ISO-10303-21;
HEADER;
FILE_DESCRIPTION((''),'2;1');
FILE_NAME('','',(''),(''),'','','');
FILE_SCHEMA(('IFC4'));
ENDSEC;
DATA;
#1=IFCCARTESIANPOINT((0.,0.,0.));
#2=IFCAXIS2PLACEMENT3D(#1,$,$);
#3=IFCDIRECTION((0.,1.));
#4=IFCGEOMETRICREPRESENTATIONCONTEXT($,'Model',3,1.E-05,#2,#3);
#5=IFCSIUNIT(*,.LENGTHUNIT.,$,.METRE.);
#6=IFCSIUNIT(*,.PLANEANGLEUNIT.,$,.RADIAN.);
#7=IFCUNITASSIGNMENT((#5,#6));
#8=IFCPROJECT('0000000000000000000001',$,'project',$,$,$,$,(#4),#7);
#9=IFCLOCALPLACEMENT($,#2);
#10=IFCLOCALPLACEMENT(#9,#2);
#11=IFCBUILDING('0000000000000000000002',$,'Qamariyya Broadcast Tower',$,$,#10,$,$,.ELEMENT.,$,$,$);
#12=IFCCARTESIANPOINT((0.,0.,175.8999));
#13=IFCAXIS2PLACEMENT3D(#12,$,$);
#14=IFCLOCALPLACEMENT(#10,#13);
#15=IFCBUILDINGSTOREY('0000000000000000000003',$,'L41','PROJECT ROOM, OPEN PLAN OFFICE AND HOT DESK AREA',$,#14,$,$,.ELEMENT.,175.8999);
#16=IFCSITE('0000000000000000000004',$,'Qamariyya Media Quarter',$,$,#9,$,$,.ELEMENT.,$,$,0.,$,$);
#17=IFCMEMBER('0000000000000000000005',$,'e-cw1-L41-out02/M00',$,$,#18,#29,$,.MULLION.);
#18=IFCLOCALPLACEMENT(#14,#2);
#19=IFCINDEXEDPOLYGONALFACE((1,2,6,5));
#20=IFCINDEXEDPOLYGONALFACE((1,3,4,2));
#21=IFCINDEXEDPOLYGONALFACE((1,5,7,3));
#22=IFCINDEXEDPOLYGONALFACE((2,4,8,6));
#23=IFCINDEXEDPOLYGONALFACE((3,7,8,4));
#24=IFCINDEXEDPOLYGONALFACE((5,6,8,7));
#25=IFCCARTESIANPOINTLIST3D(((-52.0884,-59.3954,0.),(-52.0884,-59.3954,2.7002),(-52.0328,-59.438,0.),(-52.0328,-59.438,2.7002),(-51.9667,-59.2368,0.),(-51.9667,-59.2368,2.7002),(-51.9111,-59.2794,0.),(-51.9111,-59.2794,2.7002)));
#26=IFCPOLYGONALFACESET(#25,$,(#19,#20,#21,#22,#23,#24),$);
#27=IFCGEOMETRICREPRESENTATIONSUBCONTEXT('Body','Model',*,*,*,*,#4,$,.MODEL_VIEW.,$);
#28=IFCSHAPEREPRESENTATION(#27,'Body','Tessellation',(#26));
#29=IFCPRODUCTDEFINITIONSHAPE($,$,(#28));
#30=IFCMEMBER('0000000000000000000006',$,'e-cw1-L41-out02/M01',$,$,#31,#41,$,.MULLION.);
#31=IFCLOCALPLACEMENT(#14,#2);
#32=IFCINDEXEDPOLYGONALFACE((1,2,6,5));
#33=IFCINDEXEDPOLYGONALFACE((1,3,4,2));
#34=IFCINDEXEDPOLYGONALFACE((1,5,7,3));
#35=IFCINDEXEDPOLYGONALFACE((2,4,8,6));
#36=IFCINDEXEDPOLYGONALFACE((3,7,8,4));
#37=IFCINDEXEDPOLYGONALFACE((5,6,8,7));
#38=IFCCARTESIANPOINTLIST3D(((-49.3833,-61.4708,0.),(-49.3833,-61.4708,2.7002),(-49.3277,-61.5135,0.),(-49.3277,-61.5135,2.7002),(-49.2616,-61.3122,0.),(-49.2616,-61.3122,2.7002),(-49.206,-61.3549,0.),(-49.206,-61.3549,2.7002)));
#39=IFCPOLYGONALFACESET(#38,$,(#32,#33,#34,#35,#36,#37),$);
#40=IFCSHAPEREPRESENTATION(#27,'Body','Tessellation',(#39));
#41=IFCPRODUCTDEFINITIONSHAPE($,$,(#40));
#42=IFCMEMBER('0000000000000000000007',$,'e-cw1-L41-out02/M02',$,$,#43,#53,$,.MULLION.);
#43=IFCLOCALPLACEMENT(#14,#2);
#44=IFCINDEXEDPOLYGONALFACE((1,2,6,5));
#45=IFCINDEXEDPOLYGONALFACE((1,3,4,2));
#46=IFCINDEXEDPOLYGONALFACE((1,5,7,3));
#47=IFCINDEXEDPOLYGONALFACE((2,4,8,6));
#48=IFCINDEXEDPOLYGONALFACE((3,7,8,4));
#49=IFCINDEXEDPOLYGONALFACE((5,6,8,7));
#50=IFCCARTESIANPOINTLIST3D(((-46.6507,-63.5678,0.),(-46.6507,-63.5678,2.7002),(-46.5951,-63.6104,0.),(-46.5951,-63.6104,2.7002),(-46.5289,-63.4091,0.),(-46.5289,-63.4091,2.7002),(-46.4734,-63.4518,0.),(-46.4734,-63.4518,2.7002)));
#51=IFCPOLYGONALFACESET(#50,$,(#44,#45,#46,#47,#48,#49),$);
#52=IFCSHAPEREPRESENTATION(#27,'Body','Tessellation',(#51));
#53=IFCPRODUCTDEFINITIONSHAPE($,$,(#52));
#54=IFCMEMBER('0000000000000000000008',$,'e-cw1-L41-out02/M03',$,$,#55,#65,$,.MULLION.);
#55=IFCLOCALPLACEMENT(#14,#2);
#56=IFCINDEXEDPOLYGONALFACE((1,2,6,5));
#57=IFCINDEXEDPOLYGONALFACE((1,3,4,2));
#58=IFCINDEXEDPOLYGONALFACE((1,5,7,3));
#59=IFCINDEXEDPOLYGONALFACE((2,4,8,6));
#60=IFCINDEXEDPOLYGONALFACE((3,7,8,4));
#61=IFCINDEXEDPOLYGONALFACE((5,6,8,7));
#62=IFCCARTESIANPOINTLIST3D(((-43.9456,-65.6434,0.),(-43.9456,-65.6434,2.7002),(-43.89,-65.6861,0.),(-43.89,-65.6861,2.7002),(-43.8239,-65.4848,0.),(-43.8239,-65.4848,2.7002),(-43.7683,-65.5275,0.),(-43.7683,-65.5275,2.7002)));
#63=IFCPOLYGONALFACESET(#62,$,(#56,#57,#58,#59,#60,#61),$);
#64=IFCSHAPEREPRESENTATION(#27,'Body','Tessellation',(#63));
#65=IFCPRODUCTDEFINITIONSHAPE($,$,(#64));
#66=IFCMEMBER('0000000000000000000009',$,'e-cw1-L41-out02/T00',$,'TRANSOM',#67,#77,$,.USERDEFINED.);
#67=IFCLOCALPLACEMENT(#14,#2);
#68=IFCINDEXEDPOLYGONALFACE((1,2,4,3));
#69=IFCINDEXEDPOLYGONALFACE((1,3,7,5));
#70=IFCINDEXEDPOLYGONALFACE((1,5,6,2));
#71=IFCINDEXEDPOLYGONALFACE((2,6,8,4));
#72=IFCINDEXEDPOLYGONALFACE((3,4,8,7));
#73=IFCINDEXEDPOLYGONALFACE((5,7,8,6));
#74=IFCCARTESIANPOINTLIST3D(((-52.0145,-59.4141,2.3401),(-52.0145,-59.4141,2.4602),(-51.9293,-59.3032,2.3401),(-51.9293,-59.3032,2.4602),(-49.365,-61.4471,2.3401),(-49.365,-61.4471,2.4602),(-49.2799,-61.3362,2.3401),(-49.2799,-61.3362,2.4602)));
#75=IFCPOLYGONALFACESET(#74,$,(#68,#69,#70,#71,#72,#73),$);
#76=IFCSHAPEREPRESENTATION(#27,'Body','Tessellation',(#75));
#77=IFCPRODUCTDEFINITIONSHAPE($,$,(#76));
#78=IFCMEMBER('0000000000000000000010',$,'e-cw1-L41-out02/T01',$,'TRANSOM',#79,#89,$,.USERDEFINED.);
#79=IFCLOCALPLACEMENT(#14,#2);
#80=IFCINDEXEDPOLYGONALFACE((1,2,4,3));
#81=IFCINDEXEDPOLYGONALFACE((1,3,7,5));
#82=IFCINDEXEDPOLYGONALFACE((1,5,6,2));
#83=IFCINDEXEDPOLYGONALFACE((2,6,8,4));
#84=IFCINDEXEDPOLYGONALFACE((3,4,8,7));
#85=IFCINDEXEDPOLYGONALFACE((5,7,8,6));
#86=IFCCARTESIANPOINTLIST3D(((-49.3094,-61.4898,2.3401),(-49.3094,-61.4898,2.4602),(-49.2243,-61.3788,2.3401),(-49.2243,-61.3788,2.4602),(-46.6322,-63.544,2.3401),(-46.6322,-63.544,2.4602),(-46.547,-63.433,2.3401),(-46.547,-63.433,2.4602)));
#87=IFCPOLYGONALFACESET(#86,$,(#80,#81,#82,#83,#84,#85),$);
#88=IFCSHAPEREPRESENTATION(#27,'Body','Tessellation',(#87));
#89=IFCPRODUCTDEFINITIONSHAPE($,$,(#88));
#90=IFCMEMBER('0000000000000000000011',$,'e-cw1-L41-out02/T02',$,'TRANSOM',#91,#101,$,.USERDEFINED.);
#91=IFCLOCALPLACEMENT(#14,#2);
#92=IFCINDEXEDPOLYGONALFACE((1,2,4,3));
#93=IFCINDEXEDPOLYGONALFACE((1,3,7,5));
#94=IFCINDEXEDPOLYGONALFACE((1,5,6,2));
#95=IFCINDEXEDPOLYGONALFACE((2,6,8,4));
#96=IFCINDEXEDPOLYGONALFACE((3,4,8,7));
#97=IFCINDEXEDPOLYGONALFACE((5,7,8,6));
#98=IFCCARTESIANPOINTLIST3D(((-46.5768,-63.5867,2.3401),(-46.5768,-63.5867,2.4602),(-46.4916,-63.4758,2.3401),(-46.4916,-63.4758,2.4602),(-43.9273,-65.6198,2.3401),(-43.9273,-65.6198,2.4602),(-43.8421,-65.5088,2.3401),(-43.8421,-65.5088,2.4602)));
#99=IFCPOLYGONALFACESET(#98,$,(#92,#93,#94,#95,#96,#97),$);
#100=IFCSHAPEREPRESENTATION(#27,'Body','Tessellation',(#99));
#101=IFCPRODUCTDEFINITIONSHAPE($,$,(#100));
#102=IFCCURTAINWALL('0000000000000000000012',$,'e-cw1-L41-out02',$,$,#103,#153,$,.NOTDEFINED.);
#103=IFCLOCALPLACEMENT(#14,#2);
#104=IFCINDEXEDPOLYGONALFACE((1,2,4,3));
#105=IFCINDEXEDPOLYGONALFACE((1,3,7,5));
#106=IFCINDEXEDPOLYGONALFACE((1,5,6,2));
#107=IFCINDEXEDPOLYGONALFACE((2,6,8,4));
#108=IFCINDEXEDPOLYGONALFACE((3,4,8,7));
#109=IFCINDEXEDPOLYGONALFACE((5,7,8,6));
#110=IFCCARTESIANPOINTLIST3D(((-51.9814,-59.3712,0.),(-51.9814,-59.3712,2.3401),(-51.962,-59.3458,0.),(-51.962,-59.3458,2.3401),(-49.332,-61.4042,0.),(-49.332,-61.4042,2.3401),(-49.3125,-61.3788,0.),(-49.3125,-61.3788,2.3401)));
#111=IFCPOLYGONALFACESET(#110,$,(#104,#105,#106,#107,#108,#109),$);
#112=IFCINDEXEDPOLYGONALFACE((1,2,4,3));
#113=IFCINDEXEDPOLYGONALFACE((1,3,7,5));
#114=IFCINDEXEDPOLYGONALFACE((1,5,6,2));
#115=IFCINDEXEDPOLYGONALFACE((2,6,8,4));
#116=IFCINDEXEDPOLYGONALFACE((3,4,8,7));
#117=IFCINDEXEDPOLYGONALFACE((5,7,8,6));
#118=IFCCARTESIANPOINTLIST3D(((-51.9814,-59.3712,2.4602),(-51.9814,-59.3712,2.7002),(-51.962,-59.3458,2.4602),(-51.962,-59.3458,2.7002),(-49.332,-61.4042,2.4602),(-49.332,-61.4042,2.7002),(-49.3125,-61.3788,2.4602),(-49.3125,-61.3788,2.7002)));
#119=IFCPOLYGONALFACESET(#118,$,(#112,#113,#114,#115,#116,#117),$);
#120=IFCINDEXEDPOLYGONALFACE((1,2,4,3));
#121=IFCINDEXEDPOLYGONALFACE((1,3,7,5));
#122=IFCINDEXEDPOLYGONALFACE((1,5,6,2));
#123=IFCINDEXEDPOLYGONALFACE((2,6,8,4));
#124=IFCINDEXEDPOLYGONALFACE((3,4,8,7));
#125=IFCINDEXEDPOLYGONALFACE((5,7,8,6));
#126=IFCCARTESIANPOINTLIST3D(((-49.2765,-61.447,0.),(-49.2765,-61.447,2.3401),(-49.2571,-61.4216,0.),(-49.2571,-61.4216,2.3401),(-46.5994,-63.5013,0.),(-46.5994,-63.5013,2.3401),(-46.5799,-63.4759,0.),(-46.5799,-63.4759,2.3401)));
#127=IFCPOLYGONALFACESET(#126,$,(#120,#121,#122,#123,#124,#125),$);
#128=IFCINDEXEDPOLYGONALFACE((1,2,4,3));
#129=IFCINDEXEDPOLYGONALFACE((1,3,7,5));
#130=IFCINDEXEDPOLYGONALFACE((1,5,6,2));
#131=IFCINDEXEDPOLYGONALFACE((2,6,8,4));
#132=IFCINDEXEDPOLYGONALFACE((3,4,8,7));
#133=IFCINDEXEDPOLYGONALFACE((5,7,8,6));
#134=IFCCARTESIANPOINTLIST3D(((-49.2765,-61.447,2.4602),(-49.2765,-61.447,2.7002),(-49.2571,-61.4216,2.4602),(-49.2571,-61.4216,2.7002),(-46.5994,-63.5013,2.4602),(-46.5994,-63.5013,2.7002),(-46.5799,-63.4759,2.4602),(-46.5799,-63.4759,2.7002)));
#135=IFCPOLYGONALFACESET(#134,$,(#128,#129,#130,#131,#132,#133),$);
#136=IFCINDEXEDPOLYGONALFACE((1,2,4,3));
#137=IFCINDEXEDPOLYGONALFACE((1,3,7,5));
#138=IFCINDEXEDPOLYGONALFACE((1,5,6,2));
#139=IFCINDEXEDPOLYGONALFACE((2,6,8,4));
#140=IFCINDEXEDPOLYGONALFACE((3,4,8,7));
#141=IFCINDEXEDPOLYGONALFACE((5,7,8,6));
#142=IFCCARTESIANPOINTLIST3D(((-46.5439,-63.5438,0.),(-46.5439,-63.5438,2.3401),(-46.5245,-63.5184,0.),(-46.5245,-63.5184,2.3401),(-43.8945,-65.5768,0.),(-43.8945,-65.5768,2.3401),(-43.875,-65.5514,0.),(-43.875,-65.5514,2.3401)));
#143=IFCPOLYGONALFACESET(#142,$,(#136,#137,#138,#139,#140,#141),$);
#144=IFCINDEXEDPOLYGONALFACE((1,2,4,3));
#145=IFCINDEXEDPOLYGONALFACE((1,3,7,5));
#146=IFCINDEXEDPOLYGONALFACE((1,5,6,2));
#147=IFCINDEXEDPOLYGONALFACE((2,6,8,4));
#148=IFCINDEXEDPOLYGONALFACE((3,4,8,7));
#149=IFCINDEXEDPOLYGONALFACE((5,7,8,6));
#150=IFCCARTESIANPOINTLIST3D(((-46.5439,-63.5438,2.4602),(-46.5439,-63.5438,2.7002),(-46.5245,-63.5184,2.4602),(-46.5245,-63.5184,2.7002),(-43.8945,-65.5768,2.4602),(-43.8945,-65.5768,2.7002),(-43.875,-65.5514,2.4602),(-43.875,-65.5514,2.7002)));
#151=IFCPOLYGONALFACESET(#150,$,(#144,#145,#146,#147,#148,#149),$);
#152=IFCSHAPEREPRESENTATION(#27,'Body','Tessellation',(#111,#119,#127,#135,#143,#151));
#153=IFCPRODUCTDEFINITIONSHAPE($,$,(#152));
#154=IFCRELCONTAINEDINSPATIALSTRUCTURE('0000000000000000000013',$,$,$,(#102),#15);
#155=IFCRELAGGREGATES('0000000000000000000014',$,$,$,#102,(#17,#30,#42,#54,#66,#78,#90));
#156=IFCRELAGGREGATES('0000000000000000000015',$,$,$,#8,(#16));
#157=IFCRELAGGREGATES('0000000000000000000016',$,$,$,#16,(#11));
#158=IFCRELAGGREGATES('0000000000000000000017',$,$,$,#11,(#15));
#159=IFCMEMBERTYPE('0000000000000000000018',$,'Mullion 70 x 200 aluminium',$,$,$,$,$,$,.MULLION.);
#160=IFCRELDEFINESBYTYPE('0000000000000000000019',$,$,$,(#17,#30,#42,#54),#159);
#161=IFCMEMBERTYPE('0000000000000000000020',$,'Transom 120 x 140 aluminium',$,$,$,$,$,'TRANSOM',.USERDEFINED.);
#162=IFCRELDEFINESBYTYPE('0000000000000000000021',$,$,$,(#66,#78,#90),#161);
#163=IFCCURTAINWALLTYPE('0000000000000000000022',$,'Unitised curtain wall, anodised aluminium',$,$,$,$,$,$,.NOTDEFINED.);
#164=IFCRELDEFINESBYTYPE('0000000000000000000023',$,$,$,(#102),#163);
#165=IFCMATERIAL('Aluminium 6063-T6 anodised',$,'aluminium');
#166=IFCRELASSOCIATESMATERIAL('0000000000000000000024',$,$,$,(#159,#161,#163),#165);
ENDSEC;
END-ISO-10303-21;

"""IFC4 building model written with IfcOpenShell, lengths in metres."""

from ifc_helpers import new_model, si_unit, direction, frame, origin, origin_2d, place, context, subcontext, project, spatial, rectangle, extrude, material, material_profile, profile_set, type_object, element, aggregate, save


model = new_model("IFC4")

# Units and contexts
model_context = context("Model", 3, precision=1e-05, world=origin(), true_north=direction((0.0, 1.0)))
body_context = subcontext(model_context, "Body", "Model", "MODEL_VIEW")
ifc_project = project(units=[si_unit("LENGTHUNIT", "METRE"), si_unit("PLANEANGLEUNIT", "RADIAN")], contexts=[model_context])

# Members
ifc_material_1 = material(Name="Aluminium 6063-T6 anodised", Category="aluminium")
ifc_material_profile_1 = material_profile(ifc_material_1, rectangle(XDim=0.2, YDim=0.0701, at=origin_2d()))
ifc_profile_set_1 = profile_set([ifc_material_profile_1], Name="Aluminium 6063-T6 anodised")
member_type_1 = type_object("IfcMemberType", Name="Mullion 70 x 200 aluminium", PredefinedType="MULLION", material=ifc_profile_set_1)
site_placement = place(None, origin())
building_placement = place(site_placement, origin())
storey_placement = place(building_placement, frame((0.0, 0.0, 175.8999)))
member_1_placement = place(storey_placement, frame((-51.9998, -59.3374, 0.0), z_axis=(0.0, 0.0, 1.0), x_axis=(0.608761, 0.793353, 0.0)))
member_1 = element("IfcMember", 1, at=member_1_placement, type_object=member_type_1, Name="e-cw1-L41-out02/M00", PredefinedType="MULLION", context=body_context, shape_type="SweptSolid", body=[
    extrude(rectangle(XDim=0.2, YDim=0.0701, at=origin_2d()), origin(), (0.0, 0.0, 1.0), 2.7002),
])
member_2_placement = place(storey_placement, frame((-49.2947, -61.4128, 0.0), z_axis=(0.0, 0.0, 1.0), x_axis=(0.608761, 0.793353, 0.0)))
member_2 = element("IfcMember", 2, at=member_2_placement, type_object=member_type_1, Name="e-cw1-L41-out02/M01", PredefinedType="MULLION", context=body_context, shape_type="SweptSolid", body=[
    extrude(rectangle(XDim=0.2, YDim=0.0701, at=origin_2d()), origin(), (0.0, 0.0, 1.0), 2.7002),
])
member_3_placement = place(storey_placement, frame((-46.562, -63.5098, 0.0), z_axis=(0.0, 0.0, 1.0), x_axis=(0.608761, 0.793353, 0.0)))
member_3 = element("IfcMember", 3, at=member_3_placement, type_object=member_type_1, Name="e-cw1-L41-out02/M02", PredefinedType="MULLION", context=body_context, shape_type="SweptSolid", body=[
    extrude(rectangle(XDim=0.2, YDim=0.0701, at=origin_2d()), origin(), (0.0, 0.0, 1.0), 2.7002),
])
member_4_placement = place(storey_placement, frame((-43.8569, -65.5854, 0.0), z_axis=(0.0, 0.0, 1.0), x_axis=(0.608761, 0.793353, 0.0)))
member_4 = element("IfcMember", 4, at=member_4_placement, type_object=member_type_1, Name="e-cw1-L41-out02/M03", PredefinedType="MULLION", context=body_context, shape_type="SweptSolid", body=[
    extrude(rectangle(XDim=0.2, YDim=0.0701, at=origin_2d()), origin(), (0.0, 0.0, 1.0), 2.7002),
])
ifc_material_profile_2 = material_profile(ifc_material_1, rectangle(XDim=0.1399, YDim=0.1201, at=origin_2d()))
ifc_profile_set_2 = profile_set([ifc_material_profile_2], Name="Aluminium 6063-T6 anodised")
member_type_2 = type_object("IfcMemberType", Name="Transom 120 x 140 aluminium", ElementType="TRANSOM", PredefinedType="USERDEFINED", material=ifc_profile_set_2)
member_5_placement = place(storey_placement, frame((-51.9719, -59.3586, 2.4001), z_axis=(0.793354, -0.60876, 0.0), x_axis=(0.60876, 0.793354, 0.0)))
member_5 = element("IfcMember", 5, at=member_5_placement, type_object=member_type_2, Name="e-cw1-L41-out02/T00", ObjectType="TRANSOM", PredefinedType="USERDEFINED", context=body_context, shape_type="SweptSolid", body=[
    extrude(rectangle(XDim=0.1399, YDim=0.1201, at=origin_2d()), origin(), (0.0, 0.0, 1.0), 3.3396),
])
member_6_placement = place(storey_placement, frame((-49.2668, -61.4343, 2.4001), z_axis=(0.793371, -0.608738, 0.0), x_axis=(0.608738, 0.793371, 0.0)))
member_6 = element("IfcMember", 6, at=member_6_placement, type_object=member_type_2, Name="e-cw1-L41-out02/T01", ObjectType="TRANSOM", PredefinedType="USERDEFINED", context=body_context, shape_type="SweptSolid", body=[
    extrude(rectangle(XDim=0.1399, YDim=0.1201, at=origin_2d()), origin(), (0.0, 0.0, 1.0), 3.3745),
])
member_7_placement = place(storey_placement, frame((-46.5342, -63.5312, 2.4001), z_axis=(0.793354, -0.60876, 0.0), x_axis=(0.60876, 0.793354, 0.0)))
member_7 = element("IfcMember", 7, at=member_7_placement, type_object=member_type_2, Name="e-cw1-L41-out02/T02", ObjectType="TRANSOM", PredefinedType="USERDEFINED", context=body_context, shape_type="SweptSolid", body=[
    extrude(rectangle(XDim=0.1399, YDim=0.1201, at=origin_2d()), origin(), (0.0, 0.0, 1.0), 3.3396),
])

# Site, building, storey
site = spatial("IfcSite", under=ifc_project, at=site_placement, Name="Qamariyya Media Quarter", CompositionType="ELEMENT", RefElevation=0.0)
building = spatial("IfcBuilding", under=site, at=building_placement, Name="Qamariyya Broadcast Tower", CompositionType="ELEMENT")
storey = spatial("IfcBuildingStorey", under=building, at=storey_placement, Name="L41", Description="PROJECT ROOM, OPEN PLAN OFFICE AND HOT DESK AREA", CompositionType="ELEMENT", Elevation=175.8999)

# Curtain wall
curtain_wall_type = type_object("IfcCurtainWallType", Name="Unitised curtain wall, anodised aluminium", PredefinedType="NOTDEFINED", material=ifc_material_1)
curtain_wall_1_placement = place(storey_placement, origin())
curtain_wall_1 = element("IfcCurtainWall", 8, at=curtain_wall_1_placement, inside=storey, type_object=curtain_wall_type, Name="e-cw1-L41-out02", PredefinedType="NOTDEFINED", context=body_context, shape_type="SweptSolid", body=[
    extrude(rectangle(XDim=3.3396, YDim=0.032, at=origin_2d()), frame((-50.647, -60.375, 0.0), x_axis=(0.793352, -0.608764, 0.0)), (0.0, 0.0, 1.0), 2.3401),
    extrude(rectangle(XDim=3.3396, YDim=0.032, at=origin_2d()), frame((-50.647, -60.375, 2.4602), x_axis=(0.793352, -0.608764, 0.0)), (0.0, 0.0, 1.0), 0.24),
    extrude(rectangle(XDim=3.3745, YDim=0.032, at=origin_2d()), frame((-47.9282, -62.4614, 0.0), x_axis=(0.793352, -0.608764, 0.0)), (0.0, 0.0, 1.0), 2.3401),
    extrude(rectangle(XDim=3.3745, YDim=0.032, at=origin_2d()), frame((-47.9282, -62.4614, 2.4602), x_axis=(0.793352, -0.608764, 0.0)), (0.0, 0.0, 1.0), 0.24),
    extrude(rectangle(XDim=3.3396, YDim=0.032, at=origin_2d()), frame((-45.2095, -64.5476, 0.0), x_axis=(0.793352, -0.608764, 0.0)), (0.0, 0.0, 1.0), 2.3401),
    extrude(rectangle(XDim=3.3396, YDim=0.032, at=origin_2d()), frame((-45.2095, -64.5476, 2.4602), x_axis=(0.793352, -0.608764, 0.0)), (0.0, 0.0, 1.0), 0.24),
])
aggregate(curtain_wall_1, [member_1, member_2, member_3, member_4, member_5, member_6, member_7])

save(model, "model.ifc")
